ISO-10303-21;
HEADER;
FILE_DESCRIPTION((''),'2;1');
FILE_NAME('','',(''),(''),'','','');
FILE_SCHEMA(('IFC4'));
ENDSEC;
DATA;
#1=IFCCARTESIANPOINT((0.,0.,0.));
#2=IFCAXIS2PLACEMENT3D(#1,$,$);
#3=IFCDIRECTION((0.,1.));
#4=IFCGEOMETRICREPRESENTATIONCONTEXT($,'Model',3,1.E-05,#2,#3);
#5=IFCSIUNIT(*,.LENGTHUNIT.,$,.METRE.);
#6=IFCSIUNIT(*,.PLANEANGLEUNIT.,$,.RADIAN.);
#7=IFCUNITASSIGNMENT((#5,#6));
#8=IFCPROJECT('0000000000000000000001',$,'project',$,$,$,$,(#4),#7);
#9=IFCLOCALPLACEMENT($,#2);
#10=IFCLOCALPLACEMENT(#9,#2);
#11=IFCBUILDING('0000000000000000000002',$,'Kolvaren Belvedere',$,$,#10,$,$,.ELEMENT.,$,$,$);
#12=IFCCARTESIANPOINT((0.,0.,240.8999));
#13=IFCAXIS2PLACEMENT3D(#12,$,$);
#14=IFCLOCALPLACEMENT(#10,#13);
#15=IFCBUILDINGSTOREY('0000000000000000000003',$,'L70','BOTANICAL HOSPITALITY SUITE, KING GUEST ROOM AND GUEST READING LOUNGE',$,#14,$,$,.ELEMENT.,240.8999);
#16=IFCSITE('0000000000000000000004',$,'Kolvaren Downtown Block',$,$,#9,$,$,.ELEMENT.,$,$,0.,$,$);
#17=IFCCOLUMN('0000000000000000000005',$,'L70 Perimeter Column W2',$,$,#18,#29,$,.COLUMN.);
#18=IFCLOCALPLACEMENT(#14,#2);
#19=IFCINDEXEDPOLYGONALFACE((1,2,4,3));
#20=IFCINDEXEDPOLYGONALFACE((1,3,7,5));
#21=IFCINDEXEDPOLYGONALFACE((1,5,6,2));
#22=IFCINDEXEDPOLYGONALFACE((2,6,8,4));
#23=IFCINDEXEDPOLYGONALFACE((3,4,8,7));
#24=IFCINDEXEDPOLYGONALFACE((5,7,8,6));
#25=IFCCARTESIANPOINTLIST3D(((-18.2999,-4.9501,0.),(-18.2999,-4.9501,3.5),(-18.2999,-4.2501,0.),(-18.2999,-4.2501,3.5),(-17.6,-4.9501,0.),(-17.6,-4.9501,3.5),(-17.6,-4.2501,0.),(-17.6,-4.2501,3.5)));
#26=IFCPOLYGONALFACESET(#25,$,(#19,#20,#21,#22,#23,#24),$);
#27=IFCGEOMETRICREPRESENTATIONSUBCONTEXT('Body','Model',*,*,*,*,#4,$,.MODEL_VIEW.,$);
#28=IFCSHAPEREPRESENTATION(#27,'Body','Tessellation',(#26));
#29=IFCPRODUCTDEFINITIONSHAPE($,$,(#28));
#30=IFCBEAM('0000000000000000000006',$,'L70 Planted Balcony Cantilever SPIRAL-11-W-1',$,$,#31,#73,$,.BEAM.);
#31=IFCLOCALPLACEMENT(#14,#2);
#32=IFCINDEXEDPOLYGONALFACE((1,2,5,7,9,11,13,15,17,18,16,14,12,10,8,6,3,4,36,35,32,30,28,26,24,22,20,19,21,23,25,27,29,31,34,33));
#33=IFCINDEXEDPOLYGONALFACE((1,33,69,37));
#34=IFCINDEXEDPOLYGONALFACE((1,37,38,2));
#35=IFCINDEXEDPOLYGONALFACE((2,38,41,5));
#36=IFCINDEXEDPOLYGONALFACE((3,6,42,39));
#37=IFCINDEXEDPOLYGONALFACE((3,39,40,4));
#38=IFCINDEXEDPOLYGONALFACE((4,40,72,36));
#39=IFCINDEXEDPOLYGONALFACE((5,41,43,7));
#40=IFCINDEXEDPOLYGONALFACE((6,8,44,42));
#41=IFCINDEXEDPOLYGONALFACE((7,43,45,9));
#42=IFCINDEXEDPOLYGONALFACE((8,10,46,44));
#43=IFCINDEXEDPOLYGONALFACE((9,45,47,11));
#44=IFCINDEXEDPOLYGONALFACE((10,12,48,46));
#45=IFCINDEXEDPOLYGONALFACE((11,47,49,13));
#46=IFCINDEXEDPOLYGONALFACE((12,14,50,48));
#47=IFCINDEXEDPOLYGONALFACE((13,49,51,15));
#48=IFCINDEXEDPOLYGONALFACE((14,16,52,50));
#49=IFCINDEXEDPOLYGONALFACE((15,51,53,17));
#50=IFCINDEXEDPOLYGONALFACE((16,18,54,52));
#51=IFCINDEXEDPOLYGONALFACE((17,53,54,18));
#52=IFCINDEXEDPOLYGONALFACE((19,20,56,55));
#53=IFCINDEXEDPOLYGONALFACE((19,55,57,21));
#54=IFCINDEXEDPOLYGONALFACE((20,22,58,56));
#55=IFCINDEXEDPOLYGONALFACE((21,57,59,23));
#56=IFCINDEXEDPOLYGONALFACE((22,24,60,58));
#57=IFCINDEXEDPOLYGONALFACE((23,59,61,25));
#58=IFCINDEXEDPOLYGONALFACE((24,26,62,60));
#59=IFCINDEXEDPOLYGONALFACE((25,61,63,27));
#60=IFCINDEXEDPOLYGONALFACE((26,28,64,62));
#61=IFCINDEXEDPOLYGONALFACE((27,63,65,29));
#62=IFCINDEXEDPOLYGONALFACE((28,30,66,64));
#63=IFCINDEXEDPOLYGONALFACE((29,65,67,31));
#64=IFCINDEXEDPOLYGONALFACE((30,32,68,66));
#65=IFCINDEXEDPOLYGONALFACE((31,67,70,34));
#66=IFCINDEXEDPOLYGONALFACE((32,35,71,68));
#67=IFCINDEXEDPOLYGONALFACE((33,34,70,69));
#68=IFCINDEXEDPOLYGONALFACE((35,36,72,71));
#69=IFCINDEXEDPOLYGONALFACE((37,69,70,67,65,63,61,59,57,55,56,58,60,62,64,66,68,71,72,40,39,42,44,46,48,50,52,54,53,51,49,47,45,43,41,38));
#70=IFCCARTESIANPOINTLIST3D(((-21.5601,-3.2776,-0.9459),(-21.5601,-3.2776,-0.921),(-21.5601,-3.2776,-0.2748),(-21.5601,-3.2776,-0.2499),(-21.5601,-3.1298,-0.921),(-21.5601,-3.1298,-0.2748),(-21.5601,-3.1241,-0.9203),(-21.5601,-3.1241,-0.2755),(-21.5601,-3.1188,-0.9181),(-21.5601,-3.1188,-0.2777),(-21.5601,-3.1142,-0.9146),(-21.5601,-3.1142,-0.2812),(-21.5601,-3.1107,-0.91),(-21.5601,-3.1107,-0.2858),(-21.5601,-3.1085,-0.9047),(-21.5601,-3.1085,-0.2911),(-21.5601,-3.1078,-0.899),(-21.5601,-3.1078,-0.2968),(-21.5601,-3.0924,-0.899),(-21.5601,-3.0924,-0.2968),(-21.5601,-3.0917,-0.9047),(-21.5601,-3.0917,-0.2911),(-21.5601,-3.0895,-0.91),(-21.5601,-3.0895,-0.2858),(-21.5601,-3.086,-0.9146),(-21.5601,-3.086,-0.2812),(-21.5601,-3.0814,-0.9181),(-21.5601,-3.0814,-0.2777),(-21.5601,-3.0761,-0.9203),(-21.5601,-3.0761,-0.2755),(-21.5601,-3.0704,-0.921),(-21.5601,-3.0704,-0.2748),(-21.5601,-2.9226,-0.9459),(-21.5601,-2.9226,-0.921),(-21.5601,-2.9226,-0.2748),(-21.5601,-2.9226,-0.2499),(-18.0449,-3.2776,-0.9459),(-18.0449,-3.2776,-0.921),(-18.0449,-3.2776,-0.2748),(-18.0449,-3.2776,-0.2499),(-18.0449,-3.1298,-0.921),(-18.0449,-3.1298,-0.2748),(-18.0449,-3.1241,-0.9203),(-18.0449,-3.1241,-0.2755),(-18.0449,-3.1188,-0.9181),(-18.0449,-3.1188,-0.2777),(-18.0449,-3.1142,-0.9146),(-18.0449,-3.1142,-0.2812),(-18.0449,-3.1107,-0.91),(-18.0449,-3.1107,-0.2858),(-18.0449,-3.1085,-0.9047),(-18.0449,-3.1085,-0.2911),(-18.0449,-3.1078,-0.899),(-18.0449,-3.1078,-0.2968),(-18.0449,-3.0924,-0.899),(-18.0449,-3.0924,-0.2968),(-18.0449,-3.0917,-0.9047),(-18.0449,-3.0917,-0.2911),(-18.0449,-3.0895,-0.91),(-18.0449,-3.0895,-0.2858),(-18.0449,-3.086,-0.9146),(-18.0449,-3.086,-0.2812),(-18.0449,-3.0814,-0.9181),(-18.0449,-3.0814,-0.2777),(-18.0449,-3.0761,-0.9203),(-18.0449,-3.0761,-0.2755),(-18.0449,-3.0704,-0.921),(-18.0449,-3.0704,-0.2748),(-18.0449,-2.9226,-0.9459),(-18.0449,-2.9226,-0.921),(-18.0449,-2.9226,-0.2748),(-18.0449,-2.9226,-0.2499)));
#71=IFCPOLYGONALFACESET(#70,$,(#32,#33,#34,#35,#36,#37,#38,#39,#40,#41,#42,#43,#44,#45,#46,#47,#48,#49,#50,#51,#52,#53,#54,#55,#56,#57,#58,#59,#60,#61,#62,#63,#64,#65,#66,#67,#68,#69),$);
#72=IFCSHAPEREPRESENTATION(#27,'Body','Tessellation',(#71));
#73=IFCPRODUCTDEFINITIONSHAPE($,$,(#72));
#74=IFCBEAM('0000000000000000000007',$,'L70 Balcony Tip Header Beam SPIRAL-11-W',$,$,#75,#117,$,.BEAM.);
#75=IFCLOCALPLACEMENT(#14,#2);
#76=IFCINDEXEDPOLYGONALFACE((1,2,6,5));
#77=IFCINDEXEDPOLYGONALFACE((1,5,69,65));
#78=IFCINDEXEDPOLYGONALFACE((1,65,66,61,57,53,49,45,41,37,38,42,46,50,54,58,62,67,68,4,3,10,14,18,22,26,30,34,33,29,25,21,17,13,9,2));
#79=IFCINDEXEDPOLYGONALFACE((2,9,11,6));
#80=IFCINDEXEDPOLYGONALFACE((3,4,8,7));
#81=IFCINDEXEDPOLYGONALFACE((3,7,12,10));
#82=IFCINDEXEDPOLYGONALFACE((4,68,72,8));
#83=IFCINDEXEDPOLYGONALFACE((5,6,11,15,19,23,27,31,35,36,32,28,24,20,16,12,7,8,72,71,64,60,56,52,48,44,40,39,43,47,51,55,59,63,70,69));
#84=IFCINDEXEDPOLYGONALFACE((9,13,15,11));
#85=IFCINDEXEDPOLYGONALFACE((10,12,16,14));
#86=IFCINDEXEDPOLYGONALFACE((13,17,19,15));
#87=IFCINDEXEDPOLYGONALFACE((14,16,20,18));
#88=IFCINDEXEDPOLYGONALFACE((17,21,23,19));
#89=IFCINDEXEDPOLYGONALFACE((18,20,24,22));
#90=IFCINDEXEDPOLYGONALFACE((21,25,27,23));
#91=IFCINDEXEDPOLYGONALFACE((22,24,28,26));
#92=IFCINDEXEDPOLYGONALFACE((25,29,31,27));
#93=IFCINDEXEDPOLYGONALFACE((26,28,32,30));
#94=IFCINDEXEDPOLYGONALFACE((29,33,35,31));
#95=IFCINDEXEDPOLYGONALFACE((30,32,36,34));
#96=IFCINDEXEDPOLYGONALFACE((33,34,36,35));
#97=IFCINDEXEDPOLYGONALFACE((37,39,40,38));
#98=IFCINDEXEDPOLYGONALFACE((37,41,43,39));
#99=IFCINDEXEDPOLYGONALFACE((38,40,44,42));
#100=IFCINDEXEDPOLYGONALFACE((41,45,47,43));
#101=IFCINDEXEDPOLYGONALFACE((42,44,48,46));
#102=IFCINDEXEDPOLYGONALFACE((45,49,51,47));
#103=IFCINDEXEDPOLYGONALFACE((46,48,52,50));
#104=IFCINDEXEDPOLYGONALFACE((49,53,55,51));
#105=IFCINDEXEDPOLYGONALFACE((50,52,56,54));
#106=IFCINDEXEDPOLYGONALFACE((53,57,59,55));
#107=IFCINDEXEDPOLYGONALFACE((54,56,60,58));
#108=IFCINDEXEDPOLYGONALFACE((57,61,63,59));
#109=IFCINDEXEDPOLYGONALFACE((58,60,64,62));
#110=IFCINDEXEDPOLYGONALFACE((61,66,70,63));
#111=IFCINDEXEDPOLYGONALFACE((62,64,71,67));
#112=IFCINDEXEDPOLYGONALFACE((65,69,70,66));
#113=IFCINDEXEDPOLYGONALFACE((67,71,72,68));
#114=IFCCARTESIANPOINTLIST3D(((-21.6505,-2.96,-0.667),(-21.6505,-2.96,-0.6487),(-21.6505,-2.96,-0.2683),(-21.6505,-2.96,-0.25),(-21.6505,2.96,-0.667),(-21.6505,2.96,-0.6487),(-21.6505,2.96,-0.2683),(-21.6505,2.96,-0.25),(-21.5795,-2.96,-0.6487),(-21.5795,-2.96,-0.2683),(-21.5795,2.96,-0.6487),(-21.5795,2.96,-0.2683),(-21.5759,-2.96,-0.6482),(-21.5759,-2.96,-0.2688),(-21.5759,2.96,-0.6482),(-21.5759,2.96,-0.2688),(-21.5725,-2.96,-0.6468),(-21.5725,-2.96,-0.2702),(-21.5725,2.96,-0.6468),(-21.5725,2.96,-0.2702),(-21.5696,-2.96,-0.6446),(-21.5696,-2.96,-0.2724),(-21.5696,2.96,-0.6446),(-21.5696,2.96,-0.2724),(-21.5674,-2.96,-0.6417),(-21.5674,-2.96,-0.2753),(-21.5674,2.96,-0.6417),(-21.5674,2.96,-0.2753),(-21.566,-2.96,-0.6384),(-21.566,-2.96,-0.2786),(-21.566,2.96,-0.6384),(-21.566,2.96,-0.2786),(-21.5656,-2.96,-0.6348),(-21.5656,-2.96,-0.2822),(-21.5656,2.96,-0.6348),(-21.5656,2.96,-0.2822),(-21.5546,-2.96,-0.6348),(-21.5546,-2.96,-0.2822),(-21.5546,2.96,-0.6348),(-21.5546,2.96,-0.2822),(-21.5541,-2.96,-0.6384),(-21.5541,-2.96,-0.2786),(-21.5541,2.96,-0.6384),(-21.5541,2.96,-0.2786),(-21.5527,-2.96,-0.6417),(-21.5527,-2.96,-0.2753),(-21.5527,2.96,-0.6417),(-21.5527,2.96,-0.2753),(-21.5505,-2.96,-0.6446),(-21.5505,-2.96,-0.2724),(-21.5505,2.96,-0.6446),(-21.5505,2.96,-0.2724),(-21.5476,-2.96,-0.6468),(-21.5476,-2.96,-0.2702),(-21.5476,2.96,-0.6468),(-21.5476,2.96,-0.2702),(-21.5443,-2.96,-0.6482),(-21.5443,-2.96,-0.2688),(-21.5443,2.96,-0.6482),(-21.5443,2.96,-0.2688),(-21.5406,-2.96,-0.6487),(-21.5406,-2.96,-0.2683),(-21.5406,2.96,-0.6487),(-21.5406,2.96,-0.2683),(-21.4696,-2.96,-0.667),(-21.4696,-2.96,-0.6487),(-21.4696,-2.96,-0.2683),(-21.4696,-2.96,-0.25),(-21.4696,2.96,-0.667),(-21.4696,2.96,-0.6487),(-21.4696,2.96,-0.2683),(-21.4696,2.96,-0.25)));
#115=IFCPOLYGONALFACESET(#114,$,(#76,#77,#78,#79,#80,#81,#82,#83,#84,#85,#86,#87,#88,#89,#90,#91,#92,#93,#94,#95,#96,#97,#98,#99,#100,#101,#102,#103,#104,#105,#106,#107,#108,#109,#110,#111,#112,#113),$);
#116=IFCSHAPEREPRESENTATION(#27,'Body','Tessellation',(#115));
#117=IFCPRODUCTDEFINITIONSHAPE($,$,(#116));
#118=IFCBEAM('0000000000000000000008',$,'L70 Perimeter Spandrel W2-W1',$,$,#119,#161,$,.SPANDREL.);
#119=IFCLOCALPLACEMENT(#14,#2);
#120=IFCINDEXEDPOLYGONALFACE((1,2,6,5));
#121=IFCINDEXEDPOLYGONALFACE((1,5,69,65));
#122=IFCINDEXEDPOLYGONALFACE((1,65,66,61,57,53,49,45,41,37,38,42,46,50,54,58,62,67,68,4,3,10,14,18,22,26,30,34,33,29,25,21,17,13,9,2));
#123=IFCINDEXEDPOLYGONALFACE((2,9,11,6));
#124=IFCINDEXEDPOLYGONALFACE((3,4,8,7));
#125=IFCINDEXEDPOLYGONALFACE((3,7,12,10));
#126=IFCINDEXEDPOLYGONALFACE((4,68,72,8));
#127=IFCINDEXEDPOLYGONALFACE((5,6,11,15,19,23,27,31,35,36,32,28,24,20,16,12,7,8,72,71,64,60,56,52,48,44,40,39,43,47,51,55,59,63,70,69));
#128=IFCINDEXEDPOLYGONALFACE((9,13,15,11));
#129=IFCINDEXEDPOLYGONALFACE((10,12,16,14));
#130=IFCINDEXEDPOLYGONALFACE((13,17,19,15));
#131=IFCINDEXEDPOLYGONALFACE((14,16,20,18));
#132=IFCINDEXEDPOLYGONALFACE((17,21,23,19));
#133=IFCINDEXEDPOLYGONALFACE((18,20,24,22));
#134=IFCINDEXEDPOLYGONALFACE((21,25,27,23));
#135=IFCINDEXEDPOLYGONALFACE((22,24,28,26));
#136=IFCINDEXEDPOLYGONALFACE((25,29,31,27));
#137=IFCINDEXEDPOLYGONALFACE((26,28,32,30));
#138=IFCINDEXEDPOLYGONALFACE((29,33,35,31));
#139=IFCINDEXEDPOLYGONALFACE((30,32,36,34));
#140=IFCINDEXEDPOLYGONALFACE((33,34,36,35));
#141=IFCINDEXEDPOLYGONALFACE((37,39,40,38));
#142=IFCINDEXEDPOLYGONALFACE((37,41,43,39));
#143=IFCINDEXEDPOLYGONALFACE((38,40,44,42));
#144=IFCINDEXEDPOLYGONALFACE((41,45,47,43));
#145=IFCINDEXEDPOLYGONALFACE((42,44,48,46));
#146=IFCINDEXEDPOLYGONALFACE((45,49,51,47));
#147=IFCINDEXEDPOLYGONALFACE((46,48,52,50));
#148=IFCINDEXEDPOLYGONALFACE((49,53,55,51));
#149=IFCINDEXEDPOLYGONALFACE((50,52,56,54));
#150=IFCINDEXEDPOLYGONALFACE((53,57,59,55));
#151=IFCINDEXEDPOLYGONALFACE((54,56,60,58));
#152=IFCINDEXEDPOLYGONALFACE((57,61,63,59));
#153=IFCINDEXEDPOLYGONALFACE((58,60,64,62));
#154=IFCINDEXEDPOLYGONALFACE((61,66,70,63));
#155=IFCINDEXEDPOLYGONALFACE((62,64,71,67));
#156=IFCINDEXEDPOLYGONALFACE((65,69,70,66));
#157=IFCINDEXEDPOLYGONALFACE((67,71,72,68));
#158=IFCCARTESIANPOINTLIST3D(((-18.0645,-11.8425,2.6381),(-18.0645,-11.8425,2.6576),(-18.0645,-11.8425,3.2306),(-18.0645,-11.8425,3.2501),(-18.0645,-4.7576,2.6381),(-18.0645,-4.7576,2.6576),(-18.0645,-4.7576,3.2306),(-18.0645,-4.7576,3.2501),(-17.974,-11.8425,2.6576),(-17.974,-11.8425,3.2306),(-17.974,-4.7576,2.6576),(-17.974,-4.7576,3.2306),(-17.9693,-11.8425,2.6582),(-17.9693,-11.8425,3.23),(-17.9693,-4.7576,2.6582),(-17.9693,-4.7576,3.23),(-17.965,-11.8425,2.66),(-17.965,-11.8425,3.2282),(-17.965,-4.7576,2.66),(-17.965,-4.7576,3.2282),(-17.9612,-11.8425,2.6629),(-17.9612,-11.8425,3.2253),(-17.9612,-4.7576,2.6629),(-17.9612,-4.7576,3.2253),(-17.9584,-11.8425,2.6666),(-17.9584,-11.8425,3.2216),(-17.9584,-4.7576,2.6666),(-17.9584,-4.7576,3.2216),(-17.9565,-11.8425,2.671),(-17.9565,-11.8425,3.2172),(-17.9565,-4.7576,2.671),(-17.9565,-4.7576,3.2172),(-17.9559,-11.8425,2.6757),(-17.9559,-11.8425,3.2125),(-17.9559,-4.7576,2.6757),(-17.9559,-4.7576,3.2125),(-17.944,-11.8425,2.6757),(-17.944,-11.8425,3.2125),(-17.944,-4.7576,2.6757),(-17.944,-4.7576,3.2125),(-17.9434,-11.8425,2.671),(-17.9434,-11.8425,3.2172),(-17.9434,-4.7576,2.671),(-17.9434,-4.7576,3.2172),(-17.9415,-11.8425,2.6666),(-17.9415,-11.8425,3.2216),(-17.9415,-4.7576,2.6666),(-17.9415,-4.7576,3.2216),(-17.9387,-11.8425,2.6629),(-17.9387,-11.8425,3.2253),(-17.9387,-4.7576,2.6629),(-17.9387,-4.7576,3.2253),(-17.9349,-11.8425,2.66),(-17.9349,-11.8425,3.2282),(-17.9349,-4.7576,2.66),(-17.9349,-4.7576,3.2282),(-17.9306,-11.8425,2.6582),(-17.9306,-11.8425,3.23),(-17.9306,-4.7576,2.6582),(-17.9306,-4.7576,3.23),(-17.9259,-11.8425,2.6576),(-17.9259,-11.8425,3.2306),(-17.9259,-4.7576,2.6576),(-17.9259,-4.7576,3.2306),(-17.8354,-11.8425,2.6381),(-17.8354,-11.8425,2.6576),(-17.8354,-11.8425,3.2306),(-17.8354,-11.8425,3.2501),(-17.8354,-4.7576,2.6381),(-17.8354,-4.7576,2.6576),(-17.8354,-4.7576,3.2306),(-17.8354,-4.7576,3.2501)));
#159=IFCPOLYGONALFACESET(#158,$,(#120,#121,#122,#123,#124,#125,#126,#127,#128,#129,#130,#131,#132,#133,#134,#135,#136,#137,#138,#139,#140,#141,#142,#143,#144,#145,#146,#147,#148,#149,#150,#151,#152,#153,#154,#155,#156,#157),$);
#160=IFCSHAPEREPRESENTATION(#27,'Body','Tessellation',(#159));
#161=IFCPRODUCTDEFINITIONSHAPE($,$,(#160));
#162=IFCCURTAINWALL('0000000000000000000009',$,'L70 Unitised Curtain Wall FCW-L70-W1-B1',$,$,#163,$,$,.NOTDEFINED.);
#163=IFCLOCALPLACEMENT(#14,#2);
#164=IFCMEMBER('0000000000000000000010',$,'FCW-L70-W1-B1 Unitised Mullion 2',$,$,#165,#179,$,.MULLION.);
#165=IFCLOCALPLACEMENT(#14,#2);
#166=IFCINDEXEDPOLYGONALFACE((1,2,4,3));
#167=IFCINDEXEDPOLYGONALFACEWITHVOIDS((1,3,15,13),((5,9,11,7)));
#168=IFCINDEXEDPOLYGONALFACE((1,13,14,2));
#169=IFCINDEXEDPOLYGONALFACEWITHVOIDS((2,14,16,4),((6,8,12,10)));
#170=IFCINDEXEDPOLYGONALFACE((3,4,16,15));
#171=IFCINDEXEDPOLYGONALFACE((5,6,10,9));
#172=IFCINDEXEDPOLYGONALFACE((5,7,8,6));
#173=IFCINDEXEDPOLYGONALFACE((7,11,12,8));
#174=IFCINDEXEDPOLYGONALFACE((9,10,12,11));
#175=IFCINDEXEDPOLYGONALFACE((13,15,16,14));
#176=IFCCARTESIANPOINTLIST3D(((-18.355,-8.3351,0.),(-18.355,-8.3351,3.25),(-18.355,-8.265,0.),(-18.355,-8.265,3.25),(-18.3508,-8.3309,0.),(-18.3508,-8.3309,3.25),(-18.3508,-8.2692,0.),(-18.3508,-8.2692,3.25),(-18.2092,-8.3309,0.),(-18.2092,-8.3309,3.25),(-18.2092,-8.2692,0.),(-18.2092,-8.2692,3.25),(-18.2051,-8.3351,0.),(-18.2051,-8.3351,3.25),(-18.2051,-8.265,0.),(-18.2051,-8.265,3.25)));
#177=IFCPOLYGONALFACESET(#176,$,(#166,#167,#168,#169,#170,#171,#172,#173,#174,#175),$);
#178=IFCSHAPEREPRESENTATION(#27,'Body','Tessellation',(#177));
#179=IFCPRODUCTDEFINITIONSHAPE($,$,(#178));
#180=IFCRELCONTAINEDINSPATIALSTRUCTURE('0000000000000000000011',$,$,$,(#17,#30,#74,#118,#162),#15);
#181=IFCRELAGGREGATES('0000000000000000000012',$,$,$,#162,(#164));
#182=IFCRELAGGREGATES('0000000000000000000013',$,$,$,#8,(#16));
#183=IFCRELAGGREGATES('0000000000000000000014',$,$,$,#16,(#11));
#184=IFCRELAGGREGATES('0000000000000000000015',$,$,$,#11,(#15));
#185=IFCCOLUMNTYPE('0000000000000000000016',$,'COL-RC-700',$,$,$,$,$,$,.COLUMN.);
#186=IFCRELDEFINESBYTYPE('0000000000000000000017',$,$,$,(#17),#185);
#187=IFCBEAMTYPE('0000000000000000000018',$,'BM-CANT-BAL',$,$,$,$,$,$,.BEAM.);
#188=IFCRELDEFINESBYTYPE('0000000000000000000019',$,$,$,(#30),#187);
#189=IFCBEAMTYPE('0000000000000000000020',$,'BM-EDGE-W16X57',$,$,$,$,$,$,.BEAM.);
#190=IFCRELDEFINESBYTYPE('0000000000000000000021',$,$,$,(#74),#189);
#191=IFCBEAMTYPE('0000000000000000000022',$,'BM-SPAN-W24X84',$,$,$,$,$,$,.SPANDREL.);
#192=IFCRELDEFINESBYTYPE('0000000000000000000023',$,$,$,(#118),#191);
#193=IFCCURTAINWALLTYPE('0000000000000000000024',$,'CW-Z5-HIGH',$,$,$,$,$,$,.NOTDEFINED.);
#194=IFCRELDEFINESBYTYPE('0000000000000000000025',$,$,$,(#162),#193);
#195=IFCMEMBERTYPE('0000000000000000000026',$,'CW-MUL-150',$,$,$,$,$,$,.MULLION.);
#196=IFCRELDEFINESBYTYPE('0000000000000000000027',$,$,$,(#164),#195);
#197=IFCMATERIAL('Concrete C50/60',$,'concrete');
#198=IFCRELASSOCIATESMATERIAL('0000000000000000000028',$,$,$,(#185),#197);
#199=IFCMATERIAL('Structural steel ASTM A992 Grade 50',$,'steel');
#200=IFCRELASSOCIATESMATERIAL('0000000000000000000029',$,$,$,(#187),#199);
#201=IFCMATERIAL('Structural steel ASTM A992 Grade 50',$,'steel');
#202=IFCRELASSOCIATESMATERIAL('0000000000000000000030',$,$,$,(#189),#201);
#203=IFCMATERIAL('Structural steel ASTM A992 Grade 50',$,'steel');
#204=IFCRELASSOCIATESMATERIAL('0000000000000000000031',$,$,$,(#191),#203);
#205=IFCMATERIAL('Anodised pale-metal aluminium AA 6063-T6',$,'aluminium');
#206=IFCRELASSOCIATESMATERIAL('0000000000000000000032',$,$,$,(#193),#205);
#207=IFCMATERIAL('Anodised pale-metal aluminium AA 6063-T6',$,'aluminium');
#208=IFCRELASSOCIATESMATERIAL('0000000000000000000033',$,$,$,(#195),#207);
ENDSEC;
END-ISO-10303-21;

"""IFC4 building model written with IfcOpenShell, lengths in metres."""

from ifc_helpers import new_model, si_unit, direction, frame, origin, origin_2d, place, context, subcontext, project, spatial, rectangle, hollow_rectangle, i_section, extrude, material, material_profile, profile_set, type_object, element, aggregate, save


model = new_model("IFC4")

# Units and contexts
model_context = context("Model", 3, precision=1e-05, world=origin(), true_north=direction((0.0, 1.0)))
body_context = subcontext(model_context, "Body", "Model", "MODEL_VIEW")
ifc_project = project(units=[si_unit("LENGTHUNIT", "METRE"), si_unit("PLANEANGLEUNIT", "RADIAN")], contexts=[model_context])

# Site, building, storey
site_placement = place(None, origin())
site = spatial("IfcSite", under=ifc_project, at=site_placement, Name="Kolvaren Downtown Block", CompositionType="ELEMENT", RefElevation=0.0)
building_placement = place(site_placement, origin())
building = spatial("IfcBuilding", under=site, at=building_placement, Name="Kolvaren Belvedere", CompositionType="ELEMENT")
storey_placement = place(building_placement, frame((0.0, 0.0, 240.8999)))
storey = spatial("IfcBuildingStorey", under=building, at=storey_placement, Name="L70", Description="BOTANICAL HOSPITALITY SUITE, KING GUEST ROOM AND GUEST READING LOUNGE", CompositionType="ELEMENT", Elevation=240.8999)

# Column
ifc_material_1 = material(Name="Concrete C50/60", Category="concrete")
ifc_material_profile_1 = material_profile(ifc_material_1, rectangle(XDim=0.7, YDim=0.7, at=origin_2d()), Name="RC 700X700")
ifc_profile_set_1 = profile_set([ifc_material_profile_1], Name="Concrete C50/60")
column_type = type_object("IfcColumnType", Name="COL-RC-700", PredefinedType="COLUMN", material=ifc_profile_set_1)
column_placement = place(storey_placement, frame((-17.95, -4.6001, 0.0), z_axis=(0.0, 0.0, 1.0), x_axis=(1.0, 0.0, 0.0)))
element("IfcColumn", 1, at=column_placement, inside=storey, type_object=column_type, Name="L70 Perimeter Column W2", PredefinedType="COLUMN", context=body_context, shape_type="SweptSolid", body=[
    extrude(rectangle(XDim=0.7, YDim=0.7, at=origin_2d()), origin(), (0.0, 0.0, 1.0), 3.5),
])

# Beams
ifc_material_2 = material(Name="Structural steel ASTM A992 Grade 50", Category="steel")
ifc_material_profile_2 = material_profile(ifc_material_2, i_section(OverallWidth=0.355, OverallDepth=0.696, WebThickness=0.0154, FlangeThickness=0.0249, FilletRadius=0.022, at=origin_2d()), Name="W27X146")
ifc_profile_set_2 = profile_set([ifc_material_profile_2], Name="Structural steel ASTM A992 Grade 50")
beam_type_1 = type_object("IfcBeamType", Name="BM-CANT-BAL", PredefinedType="BEAM", material=ifc_profile_set_2)
beam_1_placement = place(storey_placement, frame((-18.0449, -3.1001, -0.5979), z_axis=(-1.0, 0.0, 0.0), x_axis=(0.0, -1.0, 0.0)))
element("IfcBeam", 2, at=beam_1_placement, inside=storey, type_object=beam_type_1, Name="L70 Planted Balcony Cantilever SPIRAL-11-W-1", PredefinedType="BEAM", context=body_context, shape_type="SweptSolid", body=[
    extrude(i_section(OverallWidth=0.355, OverallDepth=0.696, WebThickness=0.0154, FlangeThickness=0.0249, FilletRadius=0.022, at=origin_2d()), origin(), (0.0, 0.0, 1.0), 3.5151),
])
ifc_material_3 = material(Name="Structural steel ASTM A992 Grade 50", Category="steel")
ifc_material_profile_3 = material_profile(ifc_material_3, i_section(OverallWidth=0.1809, OverallDepth=0.417, WebThickness=0.011, FlangeThickness=0.0183, FilletRadius=0.0139, at=origin_2d()), Name="W16X57")
ifc_profile_set_3 = profile_set([ifc_material_profile_3], Name="Structural steel ASTM A992 Grade 50")
beam_type_2 = type_object("IfcBeamType", Name="BM-EDGE-W16X57", PredefinedType="BEAM", material=ifc_profile_set_3)
beam_2_placement = place(storey_placement, frame((-21.5601, -2.96, -0.4585), z_axis=(0.0, 1.0, 0.0), x_axis=(-1.0, 0.0, 0.0)))
element("IfcBeam", 3, at=beam_2_placement, inside=storey, type_object=beam_type_2, Name="L70 Balcony Tip Header Beam SPIRAL-11-W", PredefinedType="BEAM", context=body_context, shape_type="SweptSolid", body=[
    extrude(i_section(OverallWidth=0.1809, OverallDepth=0.417, WebThickness=0.011, FlangeThickness=0.0183, FilletRadius=0.0139, at=origin_2d()), origin(), (0.0, 0.0, 1.0), 5.9199),
])
ifc_material_4 = material(Name="Structural steel ASTM A992 Grade 50", Category="steel")
ifc_material_profile_4 = material_profile(ifc_material_4, i_section(OverallWidth=0.229, OverallDepth=0.6121, WebThickness=0.012, FlangeThickness=0.0195, FilletRadius=0.0181, at=origin_2d()), Name="W24X84")
ifc_profile_set_4 = profile_set([ifc_material_profile_4], Name="Structural steel ASTM A992 Grade 50")
beam_type_3 = type_object("IfcBeamType", Name="BM-SPAN-W24X84", PredefinedType="SPANDREL", material=ifc_profile_set_4)
beam_3_placement = place(storey_placement, frame((-17.95, -4.7576, 2.9441), z_axis=(0.0, -1.0, 0.0), x_axis=(1.0, 0.0, 0.0)))
element("IfcBeam", 4, at=beam_3_placement, inside=storey, type_object=beam_type_3, Name="L70 Perimeter Spandrel W2-W1", PredefinedType="SPANDREL", context=body_context, shape_type="SweptSolid", body=[
    extrude(i_section(OverallWidth=0.229, OverallDepth=0.6121, WebThickness=0.012, FlangeThickness=0.0195, FilletRadius=0.0181, at=origin_2d()), origin(), (0.0, 0.0, 1.0), 7.085),
])

# Curtain wall, member
ifc_material_5 = material(Name="Anodised pale-metal aluminium AA 6063-T6", Category="aluminium")
curtain_wall_type = type_object("IfcCurtainWallType", Name="CW-Z5-HIGH", PredefinedType="NOTDEFINED", material=ifc_material_5)
curtain_wall_1_placement = place(storey_placement, origin())
curtain_wall_1 = element("IfcCurtainWall", 5, at=curtain_wall_1_placement, inside=storey, type_object=curtain_wall_type, Name="L70 Unitised Curtain Wall FCW-L70-W1-B1", PredefinedType="NOTDEFINED")
ifc_material_6 = material(Name="Anodised pale-metal aluminium AA 6063-T6", Category="aluminium")
ifc_material_profile_5 = material_profile(ifc_material_6, hollow_rectangle(XDim=0.0701, YDim=0.1499, WallThickness=0.0042, at=origin_2d()), Name="ALU-MUL-150X70")
ifc_profile_set_5 = profile_set([ifc_material_profile_5], Name="Anodised pale-metal aluminium AA 6063-T6")
member_type_1 = type_object("IfcMemberType", Name="CW-MUL-150", PredefinedType="MULLION", material=ifc_profile_set_5)
member_1_placement = place(storey_placement, frame((-18.28, -8.3, 0.0), z_axis=(0.0, 0.0, 1.0), x_axis=(0.0, 1.0, 0.0)))
member_1 = element("IfcMember", 6, at=member_1_placement, type_object=member_type_1, Name="FCW-L70-W1-B1 Unitised Mullion 2", PredefinedType="MULLION", context=body_context, shape_type="SweptSolid", body=[
    extrude(hollow_rectangle(XDim=0.0701, YDim=0.1499, WallThickness=0.0042, at=origin_2d()), origin(), (0.0, 0.0, 1.0), 3.25),
])

aggregate(curtain_wall_1, [member_1])

save(model, "model.ifc")
